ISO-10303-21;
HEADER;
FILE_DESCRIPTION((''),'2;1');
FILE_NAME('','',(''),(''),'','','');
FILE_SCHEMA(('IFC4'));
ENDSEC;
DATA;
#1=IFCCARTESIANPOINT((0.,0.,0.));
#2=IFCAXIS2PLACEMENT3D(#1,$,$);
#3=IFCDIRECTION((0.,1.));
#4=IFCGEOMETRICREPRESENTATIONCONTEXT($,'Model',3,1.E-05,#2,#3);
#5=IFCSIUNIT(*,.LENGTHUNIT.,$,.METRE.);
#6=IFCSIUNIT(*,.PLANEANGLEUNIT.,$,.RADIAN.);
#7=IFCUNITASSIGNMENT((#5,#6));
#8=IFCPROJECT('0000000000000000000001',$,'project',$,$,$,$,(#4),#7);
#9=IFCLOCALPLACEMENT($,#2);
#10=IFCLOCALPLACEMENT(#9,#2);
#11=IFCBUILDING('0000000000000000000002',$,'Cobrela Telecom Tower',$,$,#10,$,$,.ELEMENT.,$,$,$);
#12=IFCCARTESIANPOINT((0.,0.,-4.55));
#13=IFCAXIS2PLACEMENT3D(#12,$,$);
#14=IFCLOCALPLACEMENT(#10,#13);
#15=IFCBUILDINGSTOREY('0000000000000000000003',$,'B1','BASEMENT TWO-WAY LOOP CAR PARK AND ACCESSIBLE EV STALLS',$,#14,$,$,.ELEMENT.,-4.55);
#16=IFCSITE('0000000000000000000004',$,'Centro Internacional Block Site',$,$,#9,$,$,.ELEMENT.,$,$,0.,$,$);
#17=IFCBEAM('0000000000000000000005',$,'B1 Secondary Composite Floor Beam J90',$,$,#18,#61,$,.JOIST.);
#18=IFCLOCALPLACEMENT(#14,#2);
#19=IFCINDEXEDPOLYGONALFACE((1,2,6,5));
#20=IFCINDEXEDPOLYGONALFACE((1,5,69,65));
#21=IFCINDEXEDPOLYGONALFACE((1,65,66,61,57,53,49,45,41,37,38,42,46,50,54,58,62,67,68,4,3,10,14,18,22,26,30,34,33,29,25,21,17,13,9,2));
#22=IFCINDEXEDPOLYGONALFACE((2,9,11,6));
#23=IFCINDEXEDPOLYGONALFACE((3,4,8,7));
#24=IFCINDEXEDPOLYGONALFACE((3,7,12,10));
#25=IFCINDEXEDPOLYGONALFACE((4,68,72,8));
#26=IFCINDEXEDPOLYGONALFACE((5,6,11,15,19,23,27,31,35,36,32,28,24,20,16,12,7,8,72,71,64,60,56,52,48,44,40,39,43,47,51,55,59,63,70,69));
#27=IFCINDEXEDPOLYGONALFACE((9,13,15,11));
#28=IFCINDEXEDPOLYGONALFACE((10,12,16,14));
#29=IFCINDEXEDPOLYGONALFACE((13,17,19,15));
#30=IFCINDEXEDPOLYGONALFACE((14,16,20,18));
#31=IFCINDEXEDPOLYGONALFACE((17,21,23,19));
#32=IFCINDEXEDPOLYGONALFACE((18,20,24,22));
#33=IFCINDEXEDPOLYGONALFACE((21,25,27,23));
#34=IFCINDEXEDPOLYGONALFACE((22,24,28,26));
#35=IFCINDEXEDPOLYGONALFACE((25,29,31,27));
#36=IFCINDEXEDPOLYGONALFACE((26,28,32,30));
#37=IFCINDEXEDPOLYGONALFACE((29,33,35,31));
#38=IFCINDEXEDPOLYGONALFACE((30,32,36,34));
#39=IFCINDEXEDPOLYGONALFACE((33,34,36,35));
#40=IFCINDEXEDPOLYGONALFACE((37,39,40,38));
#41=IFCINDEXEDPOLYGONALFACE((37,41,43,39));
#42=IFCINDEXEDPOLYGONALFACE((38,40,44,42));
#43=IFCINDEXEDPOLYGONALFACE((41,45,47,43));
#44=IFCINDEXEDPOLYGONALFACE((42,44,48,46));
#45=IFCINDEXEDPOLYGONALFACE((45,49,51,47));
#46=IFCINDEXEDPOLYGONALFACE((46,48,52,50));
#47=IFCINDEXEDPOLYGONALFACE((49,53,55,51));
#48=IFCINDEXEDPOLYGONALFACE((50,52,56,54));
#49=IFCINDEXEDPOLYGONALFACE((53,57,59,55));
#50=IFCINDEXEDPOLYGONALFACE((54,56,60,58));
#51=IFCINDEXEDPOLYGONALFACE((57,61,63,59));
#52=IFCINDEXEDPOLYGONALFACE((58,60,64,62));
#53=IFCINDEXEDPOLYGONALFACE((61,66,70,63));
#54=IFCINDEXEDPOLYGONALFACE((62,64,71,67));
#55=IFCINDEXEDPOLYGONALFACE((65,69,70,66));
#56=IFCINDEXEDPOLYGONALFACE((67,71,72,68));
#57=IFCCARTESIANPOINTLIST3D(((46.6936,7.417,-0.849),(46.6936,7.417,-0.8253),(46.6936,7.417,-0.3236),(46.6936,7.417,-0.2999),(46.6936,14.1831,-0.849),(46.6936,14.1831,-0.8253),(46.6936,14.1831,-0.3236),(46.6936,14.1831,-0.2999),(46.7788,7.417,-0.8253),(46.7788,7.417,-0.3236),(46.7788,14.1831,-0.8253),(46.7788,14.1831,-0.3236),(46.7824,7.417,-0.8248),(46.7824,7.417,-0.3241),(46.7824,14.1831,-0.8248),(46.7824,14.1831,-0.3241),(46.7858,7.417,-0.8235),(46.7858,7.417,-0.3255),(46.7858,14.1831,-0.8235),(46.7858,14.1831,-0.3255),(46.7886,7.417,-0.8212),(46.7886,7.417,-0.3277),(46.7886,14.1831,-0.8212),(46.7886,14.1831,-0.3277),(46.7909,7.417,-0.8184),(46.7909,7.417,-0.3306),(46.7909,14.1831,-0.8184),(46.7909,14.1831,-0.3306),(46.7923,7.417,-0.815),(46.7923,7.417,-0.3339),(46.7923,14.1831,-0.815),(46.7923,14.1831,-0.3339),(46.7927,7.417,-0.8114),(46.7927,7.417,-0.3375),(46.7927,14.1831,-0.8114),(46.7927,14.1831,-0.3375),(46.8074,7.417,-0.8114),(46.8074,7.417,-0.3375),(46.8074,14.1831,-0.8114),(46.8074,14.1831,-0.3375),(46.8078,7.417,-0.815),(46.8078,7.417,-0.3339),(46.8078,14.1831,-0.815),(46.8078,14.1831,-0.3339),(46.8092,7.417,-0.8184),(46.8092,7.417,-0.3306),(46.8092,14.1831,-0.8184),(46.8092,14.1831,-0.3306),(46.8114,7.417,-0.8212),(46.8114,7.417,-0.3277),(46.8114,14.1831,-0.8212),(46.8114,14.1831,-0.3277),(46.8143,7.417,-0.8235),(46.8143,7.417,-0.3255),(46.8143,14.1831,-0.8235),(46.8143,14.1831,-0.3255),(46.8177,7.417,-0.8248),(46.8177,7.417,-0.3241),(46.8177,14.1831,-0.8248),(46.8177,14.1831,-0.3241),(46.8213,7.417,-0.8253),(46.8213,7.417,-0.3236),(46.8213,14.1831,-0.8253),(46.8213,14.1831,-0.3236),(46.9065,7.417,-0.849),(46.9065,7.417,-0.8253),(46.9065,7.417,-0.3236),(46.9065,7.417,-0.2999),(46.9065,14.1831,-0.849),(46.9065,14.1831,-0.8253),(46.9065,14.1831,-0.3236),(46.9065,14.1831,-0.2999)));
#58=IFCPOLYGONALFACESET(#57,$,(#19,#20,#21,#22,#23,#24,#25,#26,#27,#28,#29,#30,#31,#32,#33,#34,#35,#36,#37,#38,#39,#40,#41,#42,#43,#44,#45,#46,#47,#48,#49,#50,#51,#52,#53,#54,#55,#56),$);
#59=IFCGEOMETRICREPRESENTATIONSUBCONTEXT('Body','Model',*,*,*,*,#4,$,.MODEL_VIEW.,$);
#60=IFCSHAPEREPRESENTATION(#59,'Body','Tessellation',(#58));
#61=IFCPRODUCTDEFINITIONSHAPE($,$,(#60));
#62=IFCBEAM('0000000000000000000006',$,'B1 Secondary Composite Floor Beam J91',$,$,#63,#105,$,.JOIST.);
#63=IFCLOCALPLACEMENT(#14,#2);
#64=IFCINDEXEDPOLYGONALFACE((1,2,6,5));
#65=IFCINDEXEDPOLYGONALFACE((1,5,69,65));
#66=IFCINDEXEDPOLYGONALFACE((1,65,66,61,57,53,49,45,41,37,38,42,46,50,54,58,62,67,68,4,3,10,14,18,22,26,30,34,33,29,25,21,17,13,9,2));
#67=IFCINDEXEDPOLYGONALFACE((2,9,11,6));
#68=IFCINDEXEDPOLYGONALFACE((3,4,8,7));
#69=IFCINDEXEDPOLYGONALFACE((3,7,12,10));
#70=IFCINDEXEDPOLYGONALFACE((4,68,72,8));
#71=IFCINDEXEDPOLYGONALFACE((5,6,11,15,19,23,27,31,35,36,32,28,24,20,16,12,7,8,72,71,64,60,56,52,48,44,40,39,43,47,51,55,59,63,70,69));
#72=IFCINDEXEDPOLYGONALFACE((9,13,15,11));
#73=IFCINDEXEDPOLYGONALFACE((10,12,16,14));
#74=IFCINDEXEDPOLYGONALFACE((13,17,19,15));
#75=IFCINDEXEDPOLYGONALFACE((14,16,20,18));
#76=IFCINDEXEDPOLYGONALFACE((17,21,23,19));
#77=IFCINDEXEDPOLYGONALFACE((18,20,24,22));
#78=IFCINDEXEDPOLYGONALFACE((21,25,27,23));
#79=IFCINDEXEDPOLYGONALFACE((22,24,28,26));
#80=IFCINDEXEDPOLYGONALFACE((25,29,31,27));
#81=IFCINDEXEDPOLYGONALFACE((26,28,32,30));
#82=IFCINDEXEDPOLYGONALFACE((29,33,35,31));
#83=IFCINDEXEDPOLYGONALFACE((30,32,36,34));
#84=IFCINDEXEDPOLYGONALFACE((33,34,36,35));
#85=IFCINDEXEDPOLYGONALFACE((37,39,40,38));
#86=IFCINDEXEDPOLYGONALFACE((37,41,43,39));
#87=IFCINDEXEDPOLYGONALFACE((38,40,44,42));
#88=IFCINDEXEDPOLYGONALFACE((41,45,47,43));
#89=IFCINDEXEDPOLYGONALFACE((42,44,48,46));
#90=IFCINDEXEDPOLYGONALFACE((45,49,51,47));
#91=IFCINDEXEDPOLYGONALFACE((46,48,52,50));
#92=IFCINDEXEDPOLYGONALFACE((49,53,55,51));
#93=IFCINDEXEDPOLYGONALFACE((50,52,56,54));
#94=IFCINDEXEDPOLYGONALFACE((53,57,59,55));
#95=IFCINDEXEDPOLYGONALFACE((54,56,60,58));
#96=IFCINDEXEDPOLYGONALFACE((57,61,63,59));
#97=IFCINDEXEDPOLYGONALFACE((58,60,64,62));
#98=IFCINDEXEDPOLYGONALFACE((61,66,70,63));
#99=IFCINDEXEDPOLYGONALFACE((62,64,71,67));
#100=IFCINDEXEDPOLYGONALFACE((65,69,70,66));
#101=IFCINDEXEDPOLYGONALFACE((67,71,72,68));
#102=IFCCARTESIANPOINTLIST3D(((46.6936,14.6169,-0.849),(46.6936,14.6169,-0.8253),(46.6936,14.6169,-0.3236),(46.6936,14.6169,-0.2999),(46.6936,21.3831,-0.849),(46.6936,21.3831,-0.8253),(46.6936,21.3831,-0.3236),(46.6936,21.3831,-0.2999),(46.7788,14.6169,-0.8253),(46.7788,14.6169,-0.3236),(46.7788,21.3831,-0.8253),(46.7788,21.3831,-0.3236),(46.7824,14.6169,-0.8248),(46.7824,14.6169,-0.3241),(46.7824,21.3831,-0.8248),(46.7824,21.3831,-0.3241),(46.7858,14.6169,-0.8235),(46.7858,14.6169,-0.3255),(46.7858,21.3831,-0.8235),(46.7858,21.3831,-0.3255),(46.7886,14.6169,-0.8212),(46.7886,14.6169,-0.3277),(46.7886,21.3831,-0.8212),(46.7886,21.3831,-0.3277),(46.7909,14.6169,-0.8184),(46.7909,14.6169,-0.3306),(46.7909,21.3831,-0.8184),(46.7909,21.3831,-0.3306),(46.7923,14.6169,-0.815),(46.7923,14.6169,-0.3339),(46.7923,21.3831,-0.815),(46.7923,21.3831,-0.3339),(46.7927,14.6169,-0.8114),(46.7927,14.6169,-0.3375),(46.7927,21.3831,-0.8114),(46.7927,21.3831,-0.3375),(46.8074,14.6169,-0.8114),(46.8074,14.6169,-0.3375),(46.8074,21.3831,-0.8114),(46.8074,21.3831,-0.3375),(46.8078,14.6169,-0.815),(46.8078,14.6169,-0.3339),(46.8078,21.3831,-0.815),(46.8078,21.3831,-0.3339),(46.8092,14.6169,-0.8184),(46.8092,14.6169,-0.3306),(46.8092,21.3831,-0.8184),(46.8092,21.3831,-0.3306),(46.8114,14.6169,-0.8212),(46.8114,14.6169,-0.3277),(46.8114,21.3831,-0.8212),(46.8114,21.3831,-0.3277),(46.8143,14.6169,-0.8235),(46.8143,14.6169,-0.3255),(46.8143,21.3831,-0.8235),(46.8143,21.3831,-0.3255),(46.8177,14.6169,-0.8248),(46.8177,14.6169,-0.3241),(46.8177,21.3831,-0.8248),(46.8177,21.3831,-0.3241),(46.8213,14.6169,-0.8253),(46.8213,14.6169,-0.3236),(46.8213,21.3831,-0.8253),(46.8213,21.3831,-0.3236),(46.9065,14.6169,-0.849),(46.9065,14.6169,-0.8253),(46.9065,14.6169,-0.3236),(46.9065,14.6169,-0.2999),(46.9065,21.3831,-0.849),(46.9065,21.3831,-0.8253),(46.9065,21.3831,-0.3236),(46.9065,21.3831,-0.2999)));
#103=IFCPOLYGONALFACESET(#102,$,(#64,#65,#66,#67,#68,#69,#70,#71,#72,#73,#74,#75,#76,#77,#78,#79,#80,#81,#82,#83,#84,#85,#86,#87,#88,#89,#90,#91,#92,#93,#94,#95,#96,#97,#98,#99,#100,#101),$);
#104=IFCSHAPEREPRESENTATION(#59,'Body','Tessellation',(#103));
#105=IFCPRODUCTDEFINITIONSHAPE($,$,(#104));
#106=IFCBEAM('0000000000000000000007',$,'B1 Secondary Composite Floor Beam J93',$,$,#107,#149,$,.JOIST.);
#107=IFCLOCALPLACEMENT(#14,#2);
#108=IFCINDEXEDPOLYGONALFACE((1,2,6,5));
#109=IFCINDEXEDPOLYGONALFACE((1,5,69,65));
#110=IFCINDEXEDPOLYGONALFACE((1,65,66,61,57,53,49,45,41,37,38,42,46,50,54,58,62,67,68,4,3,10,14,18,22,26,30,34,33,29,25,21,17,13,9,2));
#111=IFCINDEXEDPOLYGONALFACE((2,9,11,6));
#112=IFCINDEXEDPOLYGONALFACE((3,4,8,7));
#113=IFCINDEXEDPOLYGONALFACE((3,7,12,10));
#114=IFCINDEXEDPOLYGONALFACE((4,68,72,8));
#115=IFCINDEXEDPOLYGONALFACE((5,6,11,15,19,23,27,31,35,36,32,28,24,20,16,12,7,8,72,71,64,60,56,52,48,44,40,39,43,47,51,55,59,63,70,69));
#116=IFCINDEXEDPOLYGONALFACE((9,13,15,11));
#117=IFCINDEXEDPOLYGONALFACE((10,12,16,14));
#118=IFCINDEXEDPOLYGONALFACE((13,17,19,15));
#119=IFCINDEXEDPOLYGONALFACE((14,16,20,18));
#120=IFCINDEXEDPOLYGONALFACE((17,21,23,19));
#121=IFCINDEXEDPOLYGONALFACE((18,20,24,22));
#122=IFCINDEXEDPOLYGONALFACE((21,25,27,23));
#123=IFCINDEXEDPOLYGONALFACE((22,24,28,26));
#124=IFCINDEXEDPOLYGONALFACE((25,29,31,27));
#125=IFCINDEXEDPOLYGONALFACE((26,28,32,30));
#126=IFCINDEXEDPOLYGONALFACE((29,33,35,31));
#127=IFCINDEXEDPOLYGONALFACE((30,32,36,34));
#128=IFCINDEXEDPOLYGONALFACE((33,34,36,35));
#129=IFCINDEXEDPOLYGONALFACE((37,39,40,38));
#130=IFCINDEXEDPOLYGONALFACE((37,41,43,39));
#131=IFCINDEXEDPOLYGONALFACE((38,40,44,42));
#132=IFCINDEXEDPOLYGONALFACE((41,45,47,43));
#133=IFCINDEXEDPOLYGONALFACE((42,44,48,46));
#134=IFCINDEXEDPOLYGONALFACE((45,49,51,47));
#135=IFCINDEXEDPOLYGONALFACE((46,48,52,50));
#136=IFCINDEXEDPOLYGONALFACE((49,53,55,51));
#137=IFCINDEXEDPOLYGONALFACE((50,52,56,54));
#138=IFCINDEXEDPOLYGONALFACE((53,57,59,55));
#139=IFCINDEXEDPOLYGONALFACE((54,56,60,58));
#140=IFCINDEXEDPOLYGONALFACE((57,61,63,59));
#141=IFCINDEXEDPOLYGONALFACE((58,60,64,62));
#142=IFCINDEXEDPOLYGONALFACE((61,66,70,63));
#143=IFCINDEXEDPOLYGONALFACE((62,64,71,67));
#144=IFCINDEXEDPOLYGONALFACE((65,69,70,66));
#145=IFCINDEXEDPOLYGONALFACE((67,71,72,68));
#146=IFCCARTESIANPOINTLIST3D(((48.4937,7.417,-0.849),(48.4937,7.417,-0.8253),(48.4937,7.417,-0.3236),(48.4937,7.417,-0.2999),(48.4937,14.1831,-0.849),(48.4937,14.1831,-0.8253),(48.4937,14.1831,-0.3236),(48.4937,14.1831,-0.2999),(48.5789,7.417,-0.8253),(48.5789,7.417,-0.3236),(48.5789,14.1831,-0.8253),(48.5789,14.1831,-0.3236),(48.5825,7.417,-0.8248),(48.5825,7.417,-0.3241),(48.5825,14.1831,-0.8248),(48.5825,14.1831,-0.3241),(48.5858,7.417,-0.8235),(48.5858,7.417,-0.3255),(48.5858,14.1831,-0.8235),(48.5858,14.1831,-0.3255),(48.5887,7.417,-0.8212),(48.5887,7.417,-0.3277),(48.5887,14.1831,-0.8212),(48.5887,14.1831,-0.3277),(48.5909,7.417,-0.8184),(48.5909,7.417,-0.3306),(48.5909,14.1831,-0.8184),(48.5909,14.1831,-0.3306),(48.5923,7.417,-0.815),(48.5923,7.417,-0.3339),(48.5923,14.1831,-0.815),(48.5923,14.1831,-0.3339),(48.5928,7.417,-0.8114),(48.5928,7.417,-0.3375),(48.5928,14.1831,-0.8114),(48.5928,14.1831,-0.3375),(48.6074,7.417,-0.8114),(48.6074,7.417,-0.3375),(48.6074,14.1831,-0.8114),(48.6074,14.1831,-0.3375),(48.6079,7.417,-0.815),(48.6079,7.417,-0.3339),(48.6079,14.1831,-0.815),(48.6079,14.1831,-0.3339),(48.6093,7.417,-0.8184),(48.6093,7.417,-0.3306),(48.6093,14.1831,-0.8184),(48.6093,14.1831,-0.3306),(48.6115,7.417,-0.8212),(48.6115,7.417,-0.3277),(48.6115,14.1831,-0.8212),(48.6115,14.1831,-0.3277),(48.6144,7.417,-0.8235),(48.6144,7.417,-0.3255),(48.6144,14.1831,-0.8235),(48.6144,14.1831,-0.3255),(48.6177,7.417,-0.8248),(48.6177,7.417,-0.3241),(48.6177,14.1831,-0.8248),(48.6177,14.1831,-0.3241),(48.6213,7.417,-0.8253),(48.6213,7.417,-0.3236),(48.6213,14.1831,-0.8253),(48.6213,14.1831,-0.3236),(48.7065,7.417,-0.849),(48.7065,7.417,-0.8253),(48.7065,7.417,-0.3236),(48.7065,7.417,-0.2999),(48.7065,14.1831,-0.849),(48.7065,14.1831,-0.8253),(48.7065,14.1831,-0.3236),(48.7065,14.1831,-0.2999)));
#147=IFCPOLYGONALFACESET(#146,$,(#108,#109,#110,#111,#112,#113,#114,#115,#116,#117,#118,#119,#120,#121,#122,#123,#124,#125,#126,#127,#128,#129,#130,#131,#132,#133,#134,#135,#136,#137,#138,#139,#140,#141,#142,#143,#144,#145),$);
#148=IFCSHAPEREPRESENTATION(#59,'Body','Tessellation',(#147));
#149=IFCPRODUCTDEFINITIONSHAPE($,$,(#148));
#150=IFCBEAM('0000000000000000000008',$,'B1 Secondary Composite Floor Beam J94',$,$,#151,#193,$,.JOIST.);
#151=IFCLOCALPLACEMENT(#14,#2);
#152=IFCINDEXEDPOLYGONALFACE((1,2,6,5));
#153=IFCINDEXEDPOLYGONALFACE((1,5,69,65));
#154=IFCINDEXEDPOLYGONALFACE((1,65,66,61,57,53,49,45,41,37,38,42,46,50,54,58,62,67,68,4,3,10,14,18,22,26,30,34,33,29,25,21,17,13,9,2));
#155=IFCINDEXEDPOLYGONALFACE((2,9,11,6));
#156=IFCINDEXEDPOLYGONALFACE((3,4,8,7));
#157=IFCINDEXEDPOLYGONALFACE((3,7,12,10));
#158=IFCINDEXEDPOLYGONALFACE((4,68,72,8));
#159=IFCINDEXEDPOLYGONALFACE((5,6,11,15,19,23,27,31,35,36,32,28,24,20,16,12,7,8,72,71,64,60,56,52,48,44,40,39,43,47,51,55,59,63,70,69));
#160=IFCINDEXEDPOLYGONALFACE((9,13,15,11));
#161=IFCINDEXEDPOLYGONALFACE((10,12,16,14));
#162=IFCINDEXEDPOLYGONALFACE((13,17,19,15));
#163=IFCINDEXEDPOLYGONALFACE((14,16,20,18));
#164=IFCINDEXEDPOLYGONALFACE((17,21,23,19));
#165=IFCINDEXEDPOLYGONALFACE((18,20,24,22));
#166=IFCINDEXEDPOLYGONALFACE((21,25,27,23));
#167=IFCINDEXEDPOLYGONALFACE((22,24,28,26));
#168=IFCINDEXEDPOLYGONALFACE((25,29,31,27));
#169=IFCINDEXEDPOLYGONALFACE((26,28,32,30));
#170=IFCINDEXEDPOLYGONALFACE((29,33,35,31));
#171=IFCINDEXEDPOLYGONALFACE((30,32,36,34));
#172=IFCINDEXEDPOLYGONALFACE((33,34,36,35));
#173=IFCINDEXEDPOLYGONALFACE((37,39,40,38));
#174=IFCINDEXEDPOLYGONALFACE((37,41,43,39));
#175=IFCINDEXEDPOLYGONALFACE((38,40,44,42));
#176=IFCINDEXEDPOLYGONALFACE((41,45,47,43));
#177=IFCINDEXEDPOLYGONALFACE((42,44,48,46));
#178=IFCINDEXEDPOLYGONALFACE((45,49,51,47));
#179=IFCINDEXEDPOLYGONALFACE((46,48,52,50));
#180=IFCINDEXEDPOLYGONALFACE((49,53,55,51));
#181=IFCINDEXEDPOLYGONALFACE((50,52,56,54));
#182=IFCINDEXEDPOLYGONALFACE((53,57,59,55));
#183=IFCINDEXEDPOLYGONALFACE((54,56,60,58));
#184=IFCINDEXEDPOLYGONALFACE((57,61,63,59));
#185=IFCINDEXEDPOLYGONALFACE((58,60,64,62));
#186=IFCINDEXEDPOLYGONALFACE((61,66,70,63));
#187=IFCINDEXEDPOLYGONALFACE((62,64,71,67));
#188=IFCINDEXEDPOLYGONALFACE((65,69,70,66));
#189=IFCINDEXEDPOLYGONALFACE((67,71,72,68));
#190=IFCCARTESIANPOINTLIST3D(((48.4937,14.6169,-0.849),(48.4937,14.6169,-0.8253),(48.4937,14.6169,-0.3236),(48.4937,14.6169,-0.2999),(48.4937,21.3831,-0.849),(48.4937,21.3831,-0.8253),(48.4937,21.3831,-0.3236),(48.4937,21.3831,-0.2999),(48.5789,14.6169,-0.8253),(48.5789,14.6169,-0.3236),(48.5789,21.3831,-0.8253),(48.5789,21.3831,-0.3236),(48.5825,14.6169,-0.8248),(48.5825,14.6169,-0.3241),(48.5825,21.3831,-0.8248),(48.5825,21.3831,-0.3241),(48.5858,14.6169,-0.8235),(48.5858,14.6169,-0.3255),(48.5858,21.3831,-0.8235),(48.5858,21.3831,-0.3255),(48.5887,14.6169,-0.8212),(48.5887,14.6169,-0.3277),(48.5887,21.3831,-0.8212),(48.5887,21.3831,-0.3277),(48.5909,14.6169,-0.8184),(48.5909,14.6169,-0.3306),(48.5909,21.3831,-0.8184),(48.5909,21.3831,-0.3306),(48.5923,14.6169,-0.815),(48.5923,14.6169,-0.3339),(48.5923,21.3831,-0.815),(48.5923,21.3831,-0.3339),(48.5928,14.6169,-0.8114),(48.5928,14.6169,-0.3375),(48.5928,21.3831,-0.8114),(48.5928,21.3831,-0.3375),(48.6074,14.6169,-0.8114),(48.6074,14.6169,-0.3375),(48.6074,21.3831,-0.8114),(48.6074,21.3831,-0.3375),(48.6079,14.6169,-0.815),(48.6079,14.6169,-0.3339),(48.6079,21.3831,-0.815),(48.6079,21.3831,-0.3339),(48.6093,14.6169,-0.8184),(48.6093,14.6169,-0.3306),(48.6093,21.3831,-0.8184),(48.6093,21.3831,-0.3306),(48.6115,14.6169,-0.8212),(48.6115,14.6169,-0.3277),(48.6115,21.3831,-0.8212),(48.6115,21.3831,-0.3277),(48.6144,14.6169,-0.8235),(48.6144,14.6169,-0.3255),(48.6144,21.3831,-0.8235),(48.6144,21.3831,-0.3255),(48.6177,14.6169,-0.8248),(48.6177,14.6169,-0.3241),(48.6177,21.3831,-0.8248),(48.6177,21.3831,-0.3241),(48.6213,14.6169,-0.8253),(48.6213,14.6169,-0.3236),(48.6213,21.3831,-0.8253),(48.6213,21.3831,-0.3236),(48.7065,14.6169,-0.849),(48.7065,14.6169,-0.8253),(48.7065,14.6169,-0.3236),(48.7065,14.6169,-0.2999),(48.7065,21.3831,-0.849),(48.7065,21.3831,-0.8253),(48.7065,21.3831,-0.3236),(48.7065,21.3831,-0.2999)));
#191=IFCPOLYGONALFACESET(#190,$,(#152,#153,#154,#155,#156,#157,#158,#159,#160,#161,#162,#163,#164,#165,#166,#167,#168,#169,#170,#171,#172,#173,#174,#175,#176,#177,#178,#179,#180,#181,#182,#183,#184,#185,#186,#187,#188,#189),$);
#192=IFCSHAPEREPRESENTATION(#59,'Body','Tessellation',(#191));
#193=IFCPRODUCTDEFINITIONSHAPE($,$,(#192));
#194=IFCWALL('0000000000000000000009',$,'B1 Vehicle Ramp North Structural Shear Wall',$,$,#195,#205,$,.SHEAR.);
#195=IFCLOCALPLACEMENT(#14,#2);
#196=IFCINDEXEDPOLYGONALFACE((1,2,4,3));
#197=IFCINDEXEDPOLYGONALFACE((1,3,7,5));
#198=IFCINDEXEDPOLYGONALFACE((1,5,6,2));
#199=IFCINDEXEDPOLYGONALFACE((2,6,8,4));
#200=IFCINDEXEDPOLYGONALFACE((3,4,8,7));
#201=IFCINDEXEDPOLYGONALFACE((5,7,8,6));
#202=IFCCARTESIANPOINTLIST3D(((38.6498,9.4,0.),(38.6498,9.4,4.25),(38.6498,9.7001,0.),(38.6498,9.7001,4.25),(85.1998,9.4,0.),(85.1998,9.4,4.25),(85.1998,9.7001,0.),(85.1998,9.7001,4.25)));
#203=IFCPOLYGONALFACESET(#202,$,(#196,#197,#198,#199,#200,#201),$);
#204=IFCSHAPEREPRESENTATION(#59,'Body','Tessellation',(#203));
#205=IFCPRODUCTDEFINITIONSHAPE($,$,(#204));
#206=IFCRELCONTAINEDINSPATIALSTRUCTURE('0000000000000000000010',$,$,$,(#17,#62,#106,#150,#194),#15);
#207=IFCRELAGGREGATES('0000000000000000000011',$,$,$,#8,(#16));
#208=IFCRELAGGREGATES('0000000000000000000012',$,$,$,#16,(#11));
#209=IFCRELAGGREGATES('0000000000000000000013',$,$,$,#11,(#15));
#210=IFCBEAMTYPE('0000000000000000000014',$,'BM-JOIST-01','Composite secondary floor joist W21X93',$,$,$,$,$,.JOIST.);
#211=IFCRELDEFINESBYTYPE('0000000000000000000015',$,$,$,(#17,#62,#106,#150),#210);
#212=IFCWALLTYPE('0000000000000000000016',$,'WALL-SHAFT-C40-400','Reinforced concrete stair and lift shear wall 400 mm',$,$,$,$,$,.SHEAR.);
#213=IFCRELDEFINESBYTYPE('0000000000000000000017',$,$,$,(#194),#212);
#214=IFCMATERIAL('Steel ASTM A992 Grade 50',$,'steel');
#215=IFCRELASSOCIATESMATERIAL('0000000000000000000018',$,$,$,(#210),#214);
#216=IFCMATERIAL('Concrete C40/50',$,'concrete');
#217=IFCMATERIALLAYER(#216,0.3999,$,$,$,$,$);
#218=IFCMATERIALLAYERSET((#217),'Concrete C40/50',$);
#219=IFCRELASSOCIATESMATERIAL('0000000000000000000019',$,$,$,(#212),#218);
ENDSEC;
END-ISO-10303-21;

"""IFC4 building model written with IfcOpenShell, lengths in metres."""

from ifc_helpers import new_model, si_unit, direction, frame, frame_2d, origin, origin_2d, place, context, subcontext, project, spatial, rectangle, i_section, extrude, material, layer, layer_set, material_profile, profile_set, type_object, element, save


model = new_model("IFC4")

# Units and contexts
model_context = context("Model", 3, precision=1e-05, world=origin(), true_north=direction((0.0, 1.0)))
body_context = subcontext(model_context, "Body", "Model", "MODEL_VIEW")
ifc_project = project(units=[si_unit("LENGTHUNIT", "METRE"), si_unit("PLANEANGLEUNIT", "RADIAN")], contexts=[model_context])

# Site, building, storey
site_placement = place(None, origin())
site = spatial("IfcSite", under=ifc_project, at=site_placement, Name="Centro Internacional Block Site", CompositionType="ELEMENT", RefElevation=0.0)
building_placement = place(site_placement, origin())
building = spatial("IfcBuilding", under=site, at=building_placement, Name="Cobrela Telecom Tower", CompositionType="ELEMENT")
storey_placement = place(building_placement, frame((0.0, 0.0, -4.55)))
storey = spatial("IfcBuildingStorey", under=building, at=storey_placement, Name="B1", Description="BASEMENT TWO-WAY LOOP CAR PARK AND ACCESSIBLE EV STALLS", CompositionType="ELEMENT", Elevation=-4.55)

# Beams
ifc_material_1 = material(Name="Steel ASTM A992 Grade 50", Category="steel")
ifc_material_profile_1 = material_profile(ifc_material_1, i_section(OverallWidth=0.2129, OverallDepth=0.5491, WebThickness=0.0146, FlangeThickness=0.0237, FilletRadius=0.0139, at=origin_2d()), Name="W21X93")
ifc_profile_set_1 = profile_set([ifc_material_profile_1], Name="Steel ASTM A992 Grade 50")
beam_type_1 = type_object("IfcBeamType", Name="BM-JOIST-01", Description="Composite secondary floor joist W21X93", PredefinedType="JOIST", material=ifc_profile_set_1)
for number, where, z_axis, x_axis, name in (
    (1, (46.8, 7.417, -0.5745), (0.0, 1.0, 0.0), (-1.0, 0.0, 0.0), "B1 Secondary Composite Floor Beam J90"),
    (2, (46.8, 14.6169, -0.5745), (0.0, 1.0, 0.0), (-1.0, 0.0, 0.0), "B1 Secondary Composite Floor Beam J91"),
    (3, (48.6001, 7.417, -0.5745), (0.0, 1.0, 0.0), (-1.0, 0.0, 0.0), "B1 Secondary Composite Floor Beam J93"),
    (4, (48.6001, 14.6169, -0.5745), (0.0, 1.0, 0.0), (-1.0, 0.0, 0.0), "B1 Secondary Composite Floor Beam J94"),
):
    element("IfcBeam", number, at=place(storey_placement, frame(where, z_axis=z_axis, x_axis=x_axis)), inside=storey, type_object=beam_type_1, Name=name, PredefinedType="JOIST", context=body_context, shape_type="SweptSolid", body=[
        extrude(i_section(OverallWidth=0.2129, OverallDepth=0.5491, WebThickness=0.0146, FlangeThickness=0.0237, FilletRadius=0.0139, at=origin_2d()), origin(), (0.0, 0.0, 1.0), 6.7661),
    ])

# Wall
ifc_material_2 = material(Name="Concrete C40/50", Category="concrete")
ifc_layer = layer(ifc_material_2, 0.3999)
ifc_layer_set = layer_set([ifc_layer], Name="Concrete C40/50")
wall_type = type_object("IfcWallType", Name="WALL-SHAFT-C40-400", Description="Reinforced concrete stair and lift shear wall 400 mm", PredefinedType="SHEAR", material=ifc_layer_set)
wall_placement = place(storey_placement, frame((38.6499, 9.55, 0.0), z_axis=(0.0, 0.0, 1.0), x_axis=(1.0, 0.0, 0.0)))
element("IfcWall", 5, at=wall_placement, inside=storey, type_object=wall_type, Name="B1 Vehicle Ramp North Structural Shear Wall", PredefinedType="SHEAR", context=body_context, shape_type="SweptSolid", body=[
    extrude(rectangle(XDim=46.55, YDim=0.3, at=frame_2d((23.2749, 0.0))), origin(), (0.0, 0.0, 1.0), 4.25),
])

save(model, "model.ifc")
